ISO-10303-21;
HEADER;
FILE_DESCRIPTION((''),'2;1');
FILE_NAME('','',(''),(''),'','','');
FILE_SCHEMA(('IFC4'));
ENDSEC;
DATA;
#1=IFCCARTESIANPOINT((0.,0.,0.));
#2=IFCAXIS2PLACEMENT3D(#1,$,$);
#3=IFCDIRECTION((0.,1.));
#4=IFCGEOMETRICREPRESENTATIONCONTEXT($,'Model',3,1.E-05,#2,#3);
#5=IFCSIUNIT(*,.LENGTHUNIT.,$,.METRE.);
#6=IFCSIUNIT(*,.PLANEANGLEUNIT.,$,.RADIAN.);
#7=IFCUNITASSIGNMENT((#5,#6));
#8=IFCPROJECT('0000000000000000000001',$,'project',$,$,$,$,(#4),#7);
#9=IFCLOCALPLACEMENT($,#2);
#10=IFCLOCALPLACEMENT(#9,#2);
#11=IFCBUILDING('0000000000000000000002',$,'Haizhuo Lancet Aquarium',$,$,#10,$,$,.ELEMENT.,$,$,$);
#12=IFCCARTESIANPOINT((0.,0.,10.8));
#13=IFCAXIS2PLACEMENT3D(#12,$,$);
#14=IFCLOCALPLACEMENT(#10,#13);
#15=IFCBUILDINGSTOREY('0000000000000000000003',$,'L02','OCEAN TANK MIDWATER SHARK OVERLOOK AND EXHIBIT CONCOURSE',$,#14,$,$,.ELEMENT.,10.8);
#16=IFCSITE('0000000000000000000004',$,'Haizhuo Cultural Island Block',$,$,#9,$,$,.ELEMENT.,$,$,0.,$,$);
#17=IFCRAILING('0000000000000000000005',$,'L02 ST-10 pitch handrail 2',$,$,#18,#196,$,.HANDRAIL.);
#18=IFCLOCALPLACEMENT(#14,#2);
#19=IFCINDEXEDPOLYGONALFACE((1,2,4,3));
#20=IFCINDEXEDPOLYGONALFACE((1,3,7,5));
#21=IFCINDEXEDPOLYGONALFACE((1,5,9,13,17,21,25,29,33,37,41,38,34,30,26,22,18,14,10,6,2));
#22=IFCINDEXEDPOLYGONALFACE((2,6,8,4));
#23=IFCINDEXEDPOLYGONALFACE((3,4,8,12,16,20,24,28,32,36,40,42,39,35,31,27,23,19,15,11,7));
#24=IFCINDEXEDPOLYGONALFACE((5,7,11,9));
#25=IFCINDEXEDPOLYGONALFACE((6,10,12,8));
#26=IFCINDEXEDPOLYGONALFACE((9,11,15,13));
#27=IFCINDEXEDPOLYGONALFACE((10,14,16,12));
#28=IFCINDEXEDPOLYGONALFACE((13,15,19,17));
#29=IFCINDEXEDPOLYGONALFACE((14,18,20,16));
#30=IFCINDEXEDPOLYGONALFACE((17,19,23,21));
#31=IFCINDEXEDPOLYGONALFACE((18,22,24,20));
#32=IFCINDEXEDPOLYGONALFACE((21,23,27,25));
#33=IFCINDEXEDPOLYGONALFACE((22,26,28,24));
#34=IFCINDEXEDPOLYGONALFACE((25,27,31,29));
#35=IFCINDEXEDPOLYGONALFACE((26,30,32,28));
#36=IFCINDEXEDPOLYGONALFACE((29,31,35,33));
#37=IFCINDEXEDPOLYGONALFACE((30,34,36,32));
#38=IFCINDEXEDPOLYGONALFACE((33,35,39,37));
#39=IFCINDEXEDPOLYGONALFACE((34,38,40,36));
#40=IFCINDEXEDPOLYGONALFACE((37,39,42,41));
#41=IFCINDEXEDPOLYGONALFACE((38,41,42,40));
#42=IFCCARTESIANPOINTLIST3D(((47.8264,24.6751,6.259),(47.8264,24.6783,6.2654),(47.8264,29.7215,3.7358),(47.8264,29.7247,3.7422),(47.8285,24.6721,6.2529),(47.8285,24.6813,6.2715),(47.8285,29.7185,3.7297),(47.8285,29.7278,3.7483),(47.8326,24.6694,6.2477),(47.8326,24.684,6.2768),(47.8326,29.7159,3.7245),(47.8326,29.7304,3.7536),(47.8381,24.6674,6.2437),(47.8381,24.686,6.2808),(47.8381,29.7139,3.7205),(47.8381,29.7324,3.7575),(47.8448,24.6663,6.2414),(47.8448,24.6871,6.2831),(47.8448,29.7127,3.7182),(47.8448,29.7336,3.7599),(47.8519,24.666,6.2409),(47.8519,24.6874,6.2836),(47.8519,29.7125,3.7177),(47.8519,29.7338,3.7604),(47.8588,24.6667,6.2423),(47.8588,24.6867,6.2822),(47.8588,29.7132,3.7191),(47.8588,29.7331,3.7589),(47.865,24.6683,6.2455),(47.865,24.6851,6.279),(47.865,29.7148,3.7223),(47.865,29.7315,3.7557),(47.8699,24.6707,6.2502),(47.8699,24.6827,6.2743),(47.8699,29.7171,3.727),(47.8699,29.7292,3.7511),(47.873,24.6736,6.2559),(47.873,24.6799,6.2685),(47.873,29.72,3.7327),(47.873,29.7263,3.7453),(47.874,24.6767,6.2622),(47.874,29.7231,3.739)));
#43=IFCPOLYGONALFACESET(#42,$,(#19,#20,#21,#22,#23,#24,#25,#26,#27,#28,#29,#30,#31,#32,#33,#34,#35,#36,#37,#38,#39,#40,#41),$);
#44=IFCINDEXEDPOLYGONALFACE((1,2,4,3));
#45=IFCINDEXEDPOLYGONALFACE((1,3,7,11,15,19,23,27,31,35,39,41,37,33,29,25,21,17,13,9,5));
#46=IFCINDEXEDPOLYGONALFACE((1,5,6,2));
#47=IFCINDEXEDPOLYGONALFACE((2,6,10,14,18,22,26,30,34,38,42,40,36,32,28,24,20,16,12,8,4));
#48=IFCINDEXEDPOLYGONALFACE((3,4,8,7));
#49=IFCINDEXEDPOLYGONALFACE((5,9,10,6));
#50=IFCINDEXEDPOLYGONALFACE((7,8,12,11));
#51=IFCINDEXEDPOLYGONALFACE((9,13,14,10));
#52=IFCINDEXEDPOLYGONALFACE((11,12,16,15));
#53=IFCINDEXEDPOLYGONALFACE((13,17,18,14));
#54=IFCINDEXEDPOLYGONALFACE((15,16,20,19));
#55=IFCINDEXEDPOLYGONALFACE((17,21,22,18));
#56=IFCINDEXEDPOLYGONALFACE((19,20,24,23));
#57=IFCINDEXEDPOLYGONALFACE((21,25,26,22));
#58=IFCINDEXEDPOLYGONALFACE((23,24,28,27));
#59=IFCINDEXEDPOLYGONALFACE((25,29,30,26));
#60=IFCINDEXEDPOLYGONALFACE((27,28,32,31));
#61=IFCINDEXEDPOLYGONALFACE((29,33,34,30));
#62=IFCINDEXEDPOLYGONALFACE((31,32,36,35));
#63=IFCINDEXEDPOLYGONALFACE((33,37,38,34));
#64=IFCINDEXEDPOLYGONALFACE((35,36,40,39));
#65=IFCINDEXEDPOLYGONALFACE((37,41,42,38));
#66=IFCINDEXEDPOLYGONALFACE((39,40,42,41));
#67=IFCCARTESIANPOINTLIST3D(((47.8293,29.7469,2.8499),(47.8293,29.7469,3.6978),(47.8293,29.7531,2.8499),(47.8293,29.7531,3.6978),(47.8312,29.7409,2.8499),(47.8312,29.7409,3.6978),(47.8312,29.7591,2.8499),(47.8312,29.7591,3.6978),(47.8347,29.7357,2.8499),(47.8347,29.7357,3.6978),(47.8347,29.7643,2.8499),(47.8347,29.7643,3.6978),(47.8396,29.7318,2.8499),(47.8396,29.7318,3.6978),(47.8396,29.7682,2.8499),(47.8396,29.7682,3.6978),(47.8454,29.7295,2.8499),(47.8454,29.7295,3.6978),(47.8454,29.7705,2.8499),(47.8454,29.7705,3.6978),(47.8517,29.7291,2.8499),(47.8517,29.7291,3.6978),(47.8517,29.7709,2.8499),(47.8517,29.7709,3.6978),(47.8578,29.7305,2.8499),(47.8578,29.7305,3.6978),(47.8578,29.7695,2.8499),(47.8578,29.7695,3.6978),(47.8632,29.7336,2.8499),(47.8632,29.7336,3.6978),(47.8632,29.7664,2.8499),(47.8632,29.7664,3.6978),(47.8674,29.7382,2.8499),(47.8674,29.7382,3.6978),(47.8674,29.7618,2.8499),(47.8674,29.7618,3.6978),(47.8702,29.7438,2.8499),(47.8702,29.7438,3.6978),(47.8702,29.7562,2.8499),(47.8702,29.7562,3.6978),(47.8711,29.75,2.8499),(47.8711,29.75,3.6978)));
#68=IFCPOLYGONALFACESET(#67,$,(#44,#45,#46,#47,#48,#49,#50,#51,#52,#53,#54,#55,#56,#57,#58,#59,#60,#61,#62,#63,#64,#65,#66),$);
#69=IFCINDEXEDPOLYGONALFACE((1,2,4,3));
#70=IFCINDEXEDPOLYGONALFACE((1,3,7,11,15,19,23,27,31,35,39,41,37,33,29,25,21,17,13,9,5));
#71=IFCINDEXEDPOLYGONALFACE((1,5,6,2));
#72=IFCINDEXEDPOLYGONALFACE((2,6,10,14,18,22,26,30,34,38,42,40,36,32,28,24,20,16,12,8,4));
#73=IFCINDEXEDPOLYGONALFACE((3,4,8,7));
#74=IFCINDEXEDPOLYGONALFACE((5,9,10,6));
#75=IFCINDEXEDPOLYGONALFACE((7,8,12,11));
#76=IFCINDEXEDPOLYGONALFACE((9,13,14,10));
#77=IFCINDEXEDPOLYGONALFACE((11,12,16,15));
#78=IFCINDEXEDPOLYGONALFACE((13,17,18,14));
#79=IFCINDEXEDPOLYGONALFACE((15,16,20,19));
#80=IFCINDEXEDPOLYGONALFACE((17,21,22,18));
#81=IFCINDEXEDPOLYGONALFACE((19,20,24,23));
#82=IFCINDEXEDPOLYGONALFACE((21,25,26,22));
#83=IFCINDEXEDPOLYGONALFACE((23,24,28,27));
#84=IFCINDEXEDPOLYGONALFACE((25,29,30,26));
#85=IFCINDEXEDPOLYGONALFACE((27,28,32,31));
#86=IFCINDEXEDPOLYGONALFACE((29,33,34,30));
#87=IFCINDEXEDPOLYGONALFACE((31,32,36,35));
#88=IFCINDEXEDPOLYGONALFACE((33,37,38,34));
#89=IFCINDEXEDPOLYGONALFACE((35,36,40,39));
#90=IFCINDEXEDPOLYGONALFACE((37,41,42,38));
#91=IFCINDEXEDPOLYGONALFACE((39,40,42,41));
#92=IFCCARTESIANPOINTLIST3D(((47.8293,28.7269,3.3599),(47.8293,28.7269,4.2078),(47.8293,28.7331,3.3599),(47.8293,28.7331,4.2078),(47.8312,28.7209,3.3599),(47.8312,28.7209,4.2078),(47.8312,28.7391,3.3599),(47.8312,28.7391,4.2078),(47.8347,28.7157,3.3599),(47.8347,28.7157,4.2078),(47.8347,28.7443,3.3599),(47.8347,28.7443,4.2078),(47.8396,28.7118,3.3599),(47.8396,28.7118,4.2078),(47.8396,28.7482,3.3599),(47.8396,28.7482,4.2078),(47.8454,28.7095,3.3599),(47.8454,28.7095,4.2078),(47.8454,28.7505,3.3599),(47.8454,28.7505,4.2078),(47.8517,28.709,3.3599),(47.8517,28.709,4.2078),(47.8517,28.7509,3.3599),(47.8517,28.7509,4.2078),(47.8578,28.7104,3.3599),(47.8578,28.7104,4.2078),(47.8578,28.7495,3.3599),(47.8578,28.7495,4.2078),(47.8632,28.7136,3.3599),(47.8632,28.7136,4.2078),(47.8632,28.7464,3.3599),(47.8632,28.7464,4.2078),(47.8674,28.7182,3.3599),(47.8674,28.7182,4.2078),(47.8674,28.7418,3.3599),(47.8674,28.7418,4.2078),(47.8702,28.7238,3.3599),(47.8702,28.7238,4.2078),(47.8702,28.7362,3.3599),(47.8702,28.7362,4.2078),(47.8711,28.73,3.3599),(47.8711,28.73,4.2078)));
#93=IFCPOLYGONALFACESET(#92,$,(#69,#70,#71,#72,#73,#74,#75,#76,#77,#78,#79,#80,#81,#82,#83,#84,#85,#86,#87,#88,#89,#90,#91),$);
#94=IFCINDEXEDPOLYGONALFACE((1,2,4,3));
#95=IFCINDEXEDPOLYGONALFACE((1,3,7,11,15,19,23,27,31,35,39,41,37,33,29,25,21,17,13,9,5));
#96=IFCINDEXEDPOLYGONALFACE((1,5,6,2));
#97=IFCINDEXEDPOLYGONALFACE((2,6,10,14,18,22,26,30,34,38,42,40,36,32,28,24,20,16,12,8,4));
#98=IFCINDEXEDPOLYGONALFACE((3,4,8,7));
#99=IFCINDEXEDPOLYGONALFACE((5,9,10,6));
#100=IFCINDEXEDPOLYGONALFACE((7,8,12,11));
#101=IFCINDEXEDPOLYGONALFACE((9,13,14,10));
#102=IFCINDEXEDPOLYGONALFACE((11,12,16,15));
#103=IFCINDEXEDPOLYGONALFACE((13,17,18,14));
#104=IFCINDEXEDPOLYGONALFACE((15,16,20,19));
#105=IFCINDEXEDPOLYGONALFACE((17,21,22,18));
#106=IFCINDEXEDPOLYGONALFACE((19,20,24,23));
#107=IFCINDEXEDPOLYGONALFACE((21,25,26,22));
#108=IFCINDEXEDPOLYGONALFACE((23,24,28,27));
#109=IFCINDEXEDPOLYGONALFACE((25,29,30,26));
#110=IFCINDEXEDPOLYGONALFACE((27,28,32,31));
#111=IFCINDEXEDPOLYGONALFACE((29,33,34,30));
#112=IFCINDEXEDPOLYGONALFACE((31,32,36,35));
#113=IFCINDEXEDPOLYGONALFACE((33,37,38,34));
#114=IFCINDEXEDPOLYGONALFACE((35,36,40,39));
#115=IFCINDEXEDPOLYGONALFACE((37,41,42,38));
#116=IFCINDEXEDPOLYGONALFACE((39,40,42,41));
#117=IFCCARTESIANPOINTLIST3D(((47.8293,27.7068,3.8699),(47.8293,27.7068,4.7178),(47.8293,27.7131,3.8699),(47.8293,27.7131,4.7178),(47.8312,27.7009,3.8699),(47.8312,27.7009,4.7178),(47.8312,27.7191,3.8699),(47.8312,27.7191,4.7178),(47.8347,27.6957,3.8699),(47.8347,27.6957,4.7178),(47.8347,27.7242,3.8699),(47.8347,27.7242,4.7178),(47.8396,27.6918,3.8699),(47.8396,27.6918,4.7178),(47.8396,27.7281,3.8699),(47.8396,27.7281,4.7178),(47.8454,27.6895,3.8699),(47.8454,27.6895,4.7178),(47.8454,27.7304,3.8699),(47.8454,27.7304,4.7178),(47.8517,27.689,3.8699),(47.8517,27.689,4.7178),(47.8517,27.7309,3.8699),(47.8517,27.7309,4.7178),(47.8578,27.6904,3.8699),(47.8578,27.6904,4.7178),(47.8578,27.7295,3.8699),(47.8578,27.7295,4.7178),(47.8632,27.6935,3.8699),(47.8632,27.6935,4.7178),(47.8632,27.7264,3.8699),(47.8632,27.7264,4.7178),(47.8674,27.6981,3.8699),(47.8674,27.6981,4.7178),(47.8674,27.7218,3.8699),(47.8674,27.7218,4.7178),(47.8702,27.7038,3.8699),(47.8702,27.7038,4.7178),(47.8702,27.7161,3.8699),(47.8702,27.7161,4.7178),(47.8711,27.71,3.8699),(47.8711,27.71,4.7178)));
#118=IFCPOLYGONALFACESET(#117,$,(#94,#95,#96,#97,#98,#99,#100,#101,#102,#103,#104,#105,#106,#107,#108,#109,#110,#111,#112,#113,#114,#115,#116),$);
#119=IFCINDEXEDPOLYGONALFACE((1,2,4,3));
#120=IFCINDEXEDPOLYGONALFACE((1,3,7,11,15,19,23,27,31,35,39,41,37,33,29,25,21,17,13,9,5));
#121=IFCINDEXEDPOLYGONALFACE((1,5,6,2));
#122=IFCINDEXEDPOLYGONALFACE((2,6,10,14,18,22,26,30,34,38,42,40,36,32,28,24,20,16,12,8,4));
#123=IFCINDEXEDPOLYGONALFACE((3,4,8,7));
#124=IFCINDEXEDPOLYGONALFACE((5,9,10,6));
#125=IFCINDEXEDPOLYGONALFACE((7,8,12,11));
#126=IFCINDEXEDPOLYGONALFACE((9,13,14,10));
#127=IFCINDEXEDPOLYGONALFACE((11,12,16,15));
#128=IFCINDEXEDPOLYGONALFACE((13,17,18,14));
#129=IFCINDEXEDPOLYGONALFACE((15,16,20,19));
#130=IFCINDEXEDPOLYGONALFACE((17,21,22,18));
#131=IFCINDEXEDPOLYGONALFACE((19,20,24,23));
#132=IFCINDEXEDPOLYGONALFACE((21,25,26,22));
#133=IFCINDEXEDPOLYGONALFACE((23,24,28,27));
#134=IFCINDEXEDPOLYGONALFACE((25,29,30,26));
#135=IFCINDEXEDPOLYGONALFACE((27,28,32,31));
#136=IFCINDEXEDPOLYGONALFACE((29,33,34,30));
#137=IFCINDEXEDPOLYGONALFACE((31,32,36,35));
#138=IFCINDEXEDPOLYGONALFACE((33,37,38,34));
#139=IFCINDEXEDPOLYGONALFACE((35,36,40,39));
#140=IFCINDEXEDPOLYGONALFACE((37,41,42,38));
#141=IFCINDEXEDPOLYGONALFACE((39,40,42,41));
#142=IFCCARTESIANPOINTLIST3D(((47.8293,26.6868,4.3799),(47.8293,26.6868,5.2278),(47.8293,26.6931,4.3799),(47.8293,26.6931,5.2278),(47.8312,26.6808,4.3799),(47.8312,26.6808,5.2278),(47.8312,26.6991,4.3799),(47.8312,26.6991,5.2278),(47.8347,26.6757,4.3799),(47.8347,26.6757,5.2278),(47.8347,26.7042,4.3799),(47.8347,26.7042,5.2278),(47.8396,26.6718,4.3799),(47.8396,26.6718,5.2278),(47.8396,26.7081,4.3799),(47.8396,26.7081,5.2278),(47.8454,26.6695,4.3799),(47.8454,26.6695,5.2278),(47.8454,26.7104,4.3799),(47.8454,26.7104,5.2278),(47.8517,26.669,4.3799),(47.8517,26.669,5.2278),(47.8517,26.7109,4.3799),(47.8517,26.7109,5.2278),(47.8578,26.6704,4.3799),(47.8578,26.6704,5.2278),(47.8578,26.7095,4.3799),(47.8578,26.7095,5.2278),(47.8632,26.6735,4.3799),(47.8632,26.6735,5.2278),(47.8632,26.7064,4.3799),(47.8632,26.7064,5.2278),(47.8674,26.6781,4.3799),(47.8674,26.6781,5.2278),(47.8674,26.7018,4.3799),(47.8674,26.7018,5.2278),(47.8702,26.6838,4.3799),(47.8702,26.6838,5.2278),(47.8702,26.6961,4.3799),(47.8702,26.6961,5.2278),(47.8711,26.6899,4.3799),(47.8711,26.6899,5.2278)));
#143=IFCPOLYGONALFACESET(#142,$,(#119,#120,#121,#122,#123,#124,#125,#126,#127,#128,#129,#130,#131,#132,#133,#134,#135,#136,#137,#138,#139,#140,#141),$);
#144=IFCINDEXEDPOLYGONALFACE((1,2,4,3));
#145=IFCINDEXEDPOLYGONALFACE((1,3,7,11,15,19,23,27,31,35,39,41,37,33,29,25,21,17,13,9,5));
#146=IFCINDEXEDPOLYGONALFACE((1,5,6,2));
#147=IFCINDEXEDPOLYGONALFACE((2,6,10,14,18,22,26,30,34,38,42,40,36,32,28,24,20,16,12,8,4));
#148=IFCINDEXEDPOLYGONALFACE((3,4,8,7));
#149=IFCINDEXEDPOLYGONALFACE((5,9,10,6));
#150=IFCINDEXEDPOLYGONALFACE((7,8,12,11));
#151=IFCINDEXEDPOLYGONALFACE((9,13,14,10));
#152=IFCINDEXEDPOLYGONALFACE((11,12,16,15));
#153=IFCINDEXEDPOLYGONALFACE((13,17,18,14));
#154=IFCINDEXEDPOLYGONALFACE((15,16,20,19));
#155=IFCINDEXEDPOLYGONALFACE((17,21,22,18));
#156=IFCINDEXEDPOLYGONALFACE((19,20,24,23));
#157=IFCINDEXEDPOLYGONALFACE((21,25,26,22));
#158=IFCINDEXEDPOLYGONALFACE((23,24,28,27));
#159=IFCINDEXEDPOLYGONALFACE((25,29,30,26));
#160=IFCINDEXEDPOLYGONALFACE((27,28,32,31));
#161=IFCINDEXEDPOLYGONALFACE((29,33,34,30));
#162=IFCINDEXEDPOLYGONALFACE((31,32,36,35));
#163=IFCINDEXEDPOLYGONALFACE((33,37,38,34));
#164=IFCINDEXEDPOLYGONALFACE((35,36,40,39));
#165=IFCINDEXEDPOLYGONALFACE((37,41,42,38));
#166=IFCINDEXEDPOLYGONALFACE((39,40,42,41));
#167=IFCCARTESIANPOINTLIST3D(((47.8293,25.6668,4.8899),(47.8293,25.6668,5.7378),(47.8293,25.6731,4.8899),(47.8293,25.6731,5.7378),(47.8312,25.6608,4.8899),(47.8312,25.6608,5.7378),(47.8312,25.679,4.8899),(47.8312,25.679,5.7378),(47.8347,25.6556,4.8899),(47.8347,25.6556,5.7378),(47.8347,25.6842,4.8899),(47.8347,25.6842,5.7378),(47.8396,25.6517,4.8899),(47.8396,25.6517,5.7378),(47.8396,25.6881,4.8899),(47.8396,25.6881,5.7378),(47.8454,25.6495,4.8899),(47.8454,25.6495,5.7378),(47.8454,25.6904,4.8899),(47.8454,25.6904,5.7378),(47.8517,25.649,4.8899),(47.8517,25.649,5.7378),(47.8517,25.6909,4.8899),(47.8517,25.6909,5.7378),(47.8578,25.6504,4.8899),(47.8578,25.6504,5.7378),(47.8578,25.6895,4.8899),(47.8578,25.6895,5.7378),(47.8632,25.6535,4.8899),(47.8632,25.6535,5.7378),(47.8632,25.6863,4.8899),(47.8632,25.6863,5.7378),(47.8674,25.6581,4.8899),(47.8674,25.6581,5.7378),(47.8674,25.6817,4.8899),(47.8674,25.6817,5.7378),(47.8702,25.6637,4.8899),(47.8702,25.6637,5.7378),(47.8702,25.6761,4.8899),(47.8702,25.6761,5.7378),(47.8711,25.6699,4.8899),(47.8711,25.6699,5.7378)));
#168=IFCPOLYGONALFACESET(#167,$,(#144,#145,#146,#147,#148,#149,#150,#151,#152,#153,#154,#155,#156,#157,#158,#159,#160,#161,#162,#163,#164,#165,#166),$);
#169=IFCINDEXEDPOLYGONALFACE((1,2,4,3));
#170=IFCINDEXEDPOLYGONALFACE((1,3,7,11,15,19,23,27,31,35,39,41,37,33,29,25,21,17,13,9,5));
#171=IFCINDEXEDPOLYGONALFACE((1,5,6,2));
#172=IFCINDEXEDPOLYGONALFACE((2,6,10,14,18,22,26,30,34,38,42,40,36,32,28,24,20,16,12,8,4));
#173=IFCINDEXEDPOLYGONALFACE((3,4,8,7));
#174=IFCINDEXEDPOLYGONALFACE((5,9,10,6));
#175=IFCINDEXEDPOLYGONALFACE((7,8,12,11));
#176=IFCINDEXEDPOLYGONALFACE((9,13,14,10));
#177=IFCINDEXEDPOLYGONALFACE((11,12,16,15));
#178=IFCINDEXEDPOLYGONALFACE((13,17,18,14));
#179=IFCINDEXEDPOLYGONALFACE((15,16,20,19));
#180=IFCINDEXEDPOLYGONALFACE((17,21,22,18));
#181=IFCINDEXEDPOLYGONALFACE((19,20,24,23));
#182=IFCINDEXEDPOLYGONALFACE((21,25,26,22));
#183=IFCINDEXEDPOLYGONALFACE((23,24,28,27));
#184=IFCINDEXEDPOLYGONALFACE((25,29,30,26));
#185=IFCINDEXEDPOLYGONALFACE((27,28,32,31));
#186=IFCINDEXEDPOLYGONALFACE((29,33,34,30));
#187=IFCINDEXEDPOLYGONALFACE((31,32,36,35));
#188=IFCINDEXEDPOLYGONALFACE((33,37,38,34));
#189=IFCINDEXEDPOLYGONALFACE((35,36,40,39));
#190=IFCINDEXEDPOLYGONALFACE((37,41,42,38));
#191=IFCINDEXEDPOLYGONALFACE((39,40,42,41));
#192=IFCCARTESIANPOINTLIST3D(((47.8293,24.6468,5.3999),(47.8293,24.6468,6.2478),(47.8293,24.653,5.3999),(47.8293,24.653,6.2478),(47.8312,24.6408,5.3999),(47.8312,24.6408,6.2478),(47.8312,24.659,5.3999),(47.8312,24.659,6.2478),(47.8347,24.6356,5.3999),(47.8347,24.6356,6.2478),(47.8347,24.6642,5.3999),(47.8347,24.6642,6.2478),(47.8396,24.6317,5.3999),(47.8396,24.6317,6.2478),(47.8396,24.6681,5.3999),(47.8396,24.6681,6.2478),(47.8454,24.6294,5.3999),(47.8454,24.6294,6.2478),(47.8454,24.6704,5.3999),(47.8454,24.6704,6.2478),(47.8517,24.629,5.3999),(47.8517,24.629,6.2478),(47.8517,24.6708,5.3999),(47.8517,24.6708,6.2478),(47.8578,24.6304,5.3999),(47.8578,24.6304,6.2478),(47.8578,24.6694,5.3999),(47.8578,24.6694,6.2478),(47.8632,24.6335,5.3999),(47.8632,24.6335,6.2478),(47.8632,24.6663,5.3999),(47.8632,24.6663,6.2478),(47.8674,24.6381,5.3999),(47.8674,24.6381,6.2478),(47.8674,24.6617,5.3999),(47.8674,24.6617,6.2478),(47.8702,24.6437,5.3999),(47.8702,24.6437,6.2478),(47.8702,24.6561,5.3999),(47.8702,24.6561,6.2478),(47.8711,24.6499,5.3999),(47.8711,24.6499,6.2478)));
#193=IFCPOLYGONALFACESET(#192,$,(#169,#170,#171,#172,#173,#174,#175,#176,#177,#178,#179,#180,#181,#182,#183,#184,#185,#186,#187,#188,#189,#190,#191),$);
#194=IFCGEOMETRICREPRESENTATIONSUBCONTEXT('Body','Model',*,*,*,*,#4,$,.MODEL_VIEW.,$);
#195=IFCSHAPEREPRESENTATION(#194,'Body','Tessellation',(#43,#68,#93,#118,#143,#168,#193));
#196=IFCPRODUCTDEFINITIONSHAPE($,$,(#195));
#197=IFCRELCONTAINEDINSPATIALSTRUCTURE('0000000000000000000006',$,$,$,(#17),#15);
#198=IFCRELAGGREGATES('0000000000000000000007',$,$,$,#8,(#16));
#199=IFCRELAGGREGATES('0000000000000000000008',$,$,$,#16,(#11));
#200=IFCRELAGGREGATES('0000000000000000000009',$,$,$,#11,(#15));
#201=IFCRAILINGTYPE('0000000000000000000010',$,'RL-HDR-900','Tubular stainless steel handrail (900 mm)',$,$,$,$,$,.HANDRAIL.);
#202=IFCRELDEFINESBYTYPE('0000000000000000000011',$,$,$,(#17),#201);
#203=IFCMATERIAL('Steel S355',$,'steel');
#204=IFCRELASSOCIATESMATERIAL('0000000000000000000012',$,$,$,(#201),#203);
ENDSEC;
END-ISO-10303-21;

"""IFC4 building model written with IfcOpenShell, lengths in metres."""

from ifc_helpers import new_model, si_unit, direction, frame, origin, origin_2d, place, context, subcontext, project, spatial, circle, extrude, material, type_object, element, save


model = new_model("IFC4")

# Units and contexts
model_context = context("Model", 3, precision=1e-05, world=origin(), true_north=direction((0.0, 1.0)))
body_context = subcontext(model_context, "Body", "Model", "MODEL_VIEW")
ifc_project = project(units=[si_unit("LENGTHUNIT", "METRE"), si_unit("PLANEANGLEUNIT", "RADIAN")], contexts=[model_context])

# Site, building, storey
site_placement = place(None, origin())
site = spatial("IfcSite", under=ifc_project, at=site_placement, Name="Haizhuo Cultural Island Block", CompositionType="ELEMENT", RefElevation=0.0)
building_placement = place(site_placement, origin())
building = spatial("IfcBuilding", under=site, at=building_placement, Name="Haizhuo Lancet Aquarium", CompositionType="ELEMENT")
storey_placement = place(building_placement, frame((0.0, 0.0, 10.8)))
storey = spatial("IfcBuildingStorey", under=building, at=storey_placement, Name="L02", Description="OCEAN TANK MIDWATER SHARK OVERLOOK AND EXHIBIT CONCOURSE", CompositionType="ELEMENT", Elevation=10.8)

# Shared definitions
ifc_material_1 = material(Name="Steel S355", Category="steel")

# Railing
railing_type_1 = type_object("IfcRailingType", Name="RL-HDR-900", Description="Tubular stainless steel handrail (900 mm)", PredefinedType="HANDRAIL", material=ifc_material_1)
railing_1_placement = place(storey_placement, frame((47.8501, 29.75, 2.8499)))
element("IfcRailing", 1, at=railing_1_placement, inside=storey, type_object=railing_type_1, Name="L02 ST-10 pitch handrail 2", PredefinedType="HANDRAIL", context=body_context, shape_type="SweptSolid", body=[
    extrude(circle(Radius=0.0239, at=origin_2d()), frame((0.0, -0.0269, 0.8892), z_axis=(0.0, -0.894427, 0.447214), x_axis=(1.0, 0.0, 0.0)), (0.0, 0.0, 1.0), 5.6421),
    extrude(circle(Radius=0.021, at=origin_2d()), origin(), (0.0, 0.0, 1.0), 0.8479),
    extrude(circle(Radius=0.021, at=origin_2d()), frame((0.0, -1.02, 0.51)), (0.0, 0.0, 1.0), 0.8479),
    extrude(circle(Radius=0.021, at=origin_2d()), frame((0.0, -2.04, 1.02)), (0.0, 0.0, 1.0), 0.8479),
    extrude(circle(Radius=0.021, at=origin_2d()), frame((0.0, -3.0601, 1.53)), (0.0, 0.0, 1.0), 0.8479),
    extrude(circle(Radius=0.021, at=origin_2d()), frame((0.0, -4.0801, 2.04)), (0.0, 0.0, 1.0), 0.8479),
    extrude(circle(Radius=0.021, at=origin_2d()), frame((0.0, -5.1001, 2.55)), (0.0, 0.0, 1.0), 0.8479),
])

save(model, "model.ifc")
